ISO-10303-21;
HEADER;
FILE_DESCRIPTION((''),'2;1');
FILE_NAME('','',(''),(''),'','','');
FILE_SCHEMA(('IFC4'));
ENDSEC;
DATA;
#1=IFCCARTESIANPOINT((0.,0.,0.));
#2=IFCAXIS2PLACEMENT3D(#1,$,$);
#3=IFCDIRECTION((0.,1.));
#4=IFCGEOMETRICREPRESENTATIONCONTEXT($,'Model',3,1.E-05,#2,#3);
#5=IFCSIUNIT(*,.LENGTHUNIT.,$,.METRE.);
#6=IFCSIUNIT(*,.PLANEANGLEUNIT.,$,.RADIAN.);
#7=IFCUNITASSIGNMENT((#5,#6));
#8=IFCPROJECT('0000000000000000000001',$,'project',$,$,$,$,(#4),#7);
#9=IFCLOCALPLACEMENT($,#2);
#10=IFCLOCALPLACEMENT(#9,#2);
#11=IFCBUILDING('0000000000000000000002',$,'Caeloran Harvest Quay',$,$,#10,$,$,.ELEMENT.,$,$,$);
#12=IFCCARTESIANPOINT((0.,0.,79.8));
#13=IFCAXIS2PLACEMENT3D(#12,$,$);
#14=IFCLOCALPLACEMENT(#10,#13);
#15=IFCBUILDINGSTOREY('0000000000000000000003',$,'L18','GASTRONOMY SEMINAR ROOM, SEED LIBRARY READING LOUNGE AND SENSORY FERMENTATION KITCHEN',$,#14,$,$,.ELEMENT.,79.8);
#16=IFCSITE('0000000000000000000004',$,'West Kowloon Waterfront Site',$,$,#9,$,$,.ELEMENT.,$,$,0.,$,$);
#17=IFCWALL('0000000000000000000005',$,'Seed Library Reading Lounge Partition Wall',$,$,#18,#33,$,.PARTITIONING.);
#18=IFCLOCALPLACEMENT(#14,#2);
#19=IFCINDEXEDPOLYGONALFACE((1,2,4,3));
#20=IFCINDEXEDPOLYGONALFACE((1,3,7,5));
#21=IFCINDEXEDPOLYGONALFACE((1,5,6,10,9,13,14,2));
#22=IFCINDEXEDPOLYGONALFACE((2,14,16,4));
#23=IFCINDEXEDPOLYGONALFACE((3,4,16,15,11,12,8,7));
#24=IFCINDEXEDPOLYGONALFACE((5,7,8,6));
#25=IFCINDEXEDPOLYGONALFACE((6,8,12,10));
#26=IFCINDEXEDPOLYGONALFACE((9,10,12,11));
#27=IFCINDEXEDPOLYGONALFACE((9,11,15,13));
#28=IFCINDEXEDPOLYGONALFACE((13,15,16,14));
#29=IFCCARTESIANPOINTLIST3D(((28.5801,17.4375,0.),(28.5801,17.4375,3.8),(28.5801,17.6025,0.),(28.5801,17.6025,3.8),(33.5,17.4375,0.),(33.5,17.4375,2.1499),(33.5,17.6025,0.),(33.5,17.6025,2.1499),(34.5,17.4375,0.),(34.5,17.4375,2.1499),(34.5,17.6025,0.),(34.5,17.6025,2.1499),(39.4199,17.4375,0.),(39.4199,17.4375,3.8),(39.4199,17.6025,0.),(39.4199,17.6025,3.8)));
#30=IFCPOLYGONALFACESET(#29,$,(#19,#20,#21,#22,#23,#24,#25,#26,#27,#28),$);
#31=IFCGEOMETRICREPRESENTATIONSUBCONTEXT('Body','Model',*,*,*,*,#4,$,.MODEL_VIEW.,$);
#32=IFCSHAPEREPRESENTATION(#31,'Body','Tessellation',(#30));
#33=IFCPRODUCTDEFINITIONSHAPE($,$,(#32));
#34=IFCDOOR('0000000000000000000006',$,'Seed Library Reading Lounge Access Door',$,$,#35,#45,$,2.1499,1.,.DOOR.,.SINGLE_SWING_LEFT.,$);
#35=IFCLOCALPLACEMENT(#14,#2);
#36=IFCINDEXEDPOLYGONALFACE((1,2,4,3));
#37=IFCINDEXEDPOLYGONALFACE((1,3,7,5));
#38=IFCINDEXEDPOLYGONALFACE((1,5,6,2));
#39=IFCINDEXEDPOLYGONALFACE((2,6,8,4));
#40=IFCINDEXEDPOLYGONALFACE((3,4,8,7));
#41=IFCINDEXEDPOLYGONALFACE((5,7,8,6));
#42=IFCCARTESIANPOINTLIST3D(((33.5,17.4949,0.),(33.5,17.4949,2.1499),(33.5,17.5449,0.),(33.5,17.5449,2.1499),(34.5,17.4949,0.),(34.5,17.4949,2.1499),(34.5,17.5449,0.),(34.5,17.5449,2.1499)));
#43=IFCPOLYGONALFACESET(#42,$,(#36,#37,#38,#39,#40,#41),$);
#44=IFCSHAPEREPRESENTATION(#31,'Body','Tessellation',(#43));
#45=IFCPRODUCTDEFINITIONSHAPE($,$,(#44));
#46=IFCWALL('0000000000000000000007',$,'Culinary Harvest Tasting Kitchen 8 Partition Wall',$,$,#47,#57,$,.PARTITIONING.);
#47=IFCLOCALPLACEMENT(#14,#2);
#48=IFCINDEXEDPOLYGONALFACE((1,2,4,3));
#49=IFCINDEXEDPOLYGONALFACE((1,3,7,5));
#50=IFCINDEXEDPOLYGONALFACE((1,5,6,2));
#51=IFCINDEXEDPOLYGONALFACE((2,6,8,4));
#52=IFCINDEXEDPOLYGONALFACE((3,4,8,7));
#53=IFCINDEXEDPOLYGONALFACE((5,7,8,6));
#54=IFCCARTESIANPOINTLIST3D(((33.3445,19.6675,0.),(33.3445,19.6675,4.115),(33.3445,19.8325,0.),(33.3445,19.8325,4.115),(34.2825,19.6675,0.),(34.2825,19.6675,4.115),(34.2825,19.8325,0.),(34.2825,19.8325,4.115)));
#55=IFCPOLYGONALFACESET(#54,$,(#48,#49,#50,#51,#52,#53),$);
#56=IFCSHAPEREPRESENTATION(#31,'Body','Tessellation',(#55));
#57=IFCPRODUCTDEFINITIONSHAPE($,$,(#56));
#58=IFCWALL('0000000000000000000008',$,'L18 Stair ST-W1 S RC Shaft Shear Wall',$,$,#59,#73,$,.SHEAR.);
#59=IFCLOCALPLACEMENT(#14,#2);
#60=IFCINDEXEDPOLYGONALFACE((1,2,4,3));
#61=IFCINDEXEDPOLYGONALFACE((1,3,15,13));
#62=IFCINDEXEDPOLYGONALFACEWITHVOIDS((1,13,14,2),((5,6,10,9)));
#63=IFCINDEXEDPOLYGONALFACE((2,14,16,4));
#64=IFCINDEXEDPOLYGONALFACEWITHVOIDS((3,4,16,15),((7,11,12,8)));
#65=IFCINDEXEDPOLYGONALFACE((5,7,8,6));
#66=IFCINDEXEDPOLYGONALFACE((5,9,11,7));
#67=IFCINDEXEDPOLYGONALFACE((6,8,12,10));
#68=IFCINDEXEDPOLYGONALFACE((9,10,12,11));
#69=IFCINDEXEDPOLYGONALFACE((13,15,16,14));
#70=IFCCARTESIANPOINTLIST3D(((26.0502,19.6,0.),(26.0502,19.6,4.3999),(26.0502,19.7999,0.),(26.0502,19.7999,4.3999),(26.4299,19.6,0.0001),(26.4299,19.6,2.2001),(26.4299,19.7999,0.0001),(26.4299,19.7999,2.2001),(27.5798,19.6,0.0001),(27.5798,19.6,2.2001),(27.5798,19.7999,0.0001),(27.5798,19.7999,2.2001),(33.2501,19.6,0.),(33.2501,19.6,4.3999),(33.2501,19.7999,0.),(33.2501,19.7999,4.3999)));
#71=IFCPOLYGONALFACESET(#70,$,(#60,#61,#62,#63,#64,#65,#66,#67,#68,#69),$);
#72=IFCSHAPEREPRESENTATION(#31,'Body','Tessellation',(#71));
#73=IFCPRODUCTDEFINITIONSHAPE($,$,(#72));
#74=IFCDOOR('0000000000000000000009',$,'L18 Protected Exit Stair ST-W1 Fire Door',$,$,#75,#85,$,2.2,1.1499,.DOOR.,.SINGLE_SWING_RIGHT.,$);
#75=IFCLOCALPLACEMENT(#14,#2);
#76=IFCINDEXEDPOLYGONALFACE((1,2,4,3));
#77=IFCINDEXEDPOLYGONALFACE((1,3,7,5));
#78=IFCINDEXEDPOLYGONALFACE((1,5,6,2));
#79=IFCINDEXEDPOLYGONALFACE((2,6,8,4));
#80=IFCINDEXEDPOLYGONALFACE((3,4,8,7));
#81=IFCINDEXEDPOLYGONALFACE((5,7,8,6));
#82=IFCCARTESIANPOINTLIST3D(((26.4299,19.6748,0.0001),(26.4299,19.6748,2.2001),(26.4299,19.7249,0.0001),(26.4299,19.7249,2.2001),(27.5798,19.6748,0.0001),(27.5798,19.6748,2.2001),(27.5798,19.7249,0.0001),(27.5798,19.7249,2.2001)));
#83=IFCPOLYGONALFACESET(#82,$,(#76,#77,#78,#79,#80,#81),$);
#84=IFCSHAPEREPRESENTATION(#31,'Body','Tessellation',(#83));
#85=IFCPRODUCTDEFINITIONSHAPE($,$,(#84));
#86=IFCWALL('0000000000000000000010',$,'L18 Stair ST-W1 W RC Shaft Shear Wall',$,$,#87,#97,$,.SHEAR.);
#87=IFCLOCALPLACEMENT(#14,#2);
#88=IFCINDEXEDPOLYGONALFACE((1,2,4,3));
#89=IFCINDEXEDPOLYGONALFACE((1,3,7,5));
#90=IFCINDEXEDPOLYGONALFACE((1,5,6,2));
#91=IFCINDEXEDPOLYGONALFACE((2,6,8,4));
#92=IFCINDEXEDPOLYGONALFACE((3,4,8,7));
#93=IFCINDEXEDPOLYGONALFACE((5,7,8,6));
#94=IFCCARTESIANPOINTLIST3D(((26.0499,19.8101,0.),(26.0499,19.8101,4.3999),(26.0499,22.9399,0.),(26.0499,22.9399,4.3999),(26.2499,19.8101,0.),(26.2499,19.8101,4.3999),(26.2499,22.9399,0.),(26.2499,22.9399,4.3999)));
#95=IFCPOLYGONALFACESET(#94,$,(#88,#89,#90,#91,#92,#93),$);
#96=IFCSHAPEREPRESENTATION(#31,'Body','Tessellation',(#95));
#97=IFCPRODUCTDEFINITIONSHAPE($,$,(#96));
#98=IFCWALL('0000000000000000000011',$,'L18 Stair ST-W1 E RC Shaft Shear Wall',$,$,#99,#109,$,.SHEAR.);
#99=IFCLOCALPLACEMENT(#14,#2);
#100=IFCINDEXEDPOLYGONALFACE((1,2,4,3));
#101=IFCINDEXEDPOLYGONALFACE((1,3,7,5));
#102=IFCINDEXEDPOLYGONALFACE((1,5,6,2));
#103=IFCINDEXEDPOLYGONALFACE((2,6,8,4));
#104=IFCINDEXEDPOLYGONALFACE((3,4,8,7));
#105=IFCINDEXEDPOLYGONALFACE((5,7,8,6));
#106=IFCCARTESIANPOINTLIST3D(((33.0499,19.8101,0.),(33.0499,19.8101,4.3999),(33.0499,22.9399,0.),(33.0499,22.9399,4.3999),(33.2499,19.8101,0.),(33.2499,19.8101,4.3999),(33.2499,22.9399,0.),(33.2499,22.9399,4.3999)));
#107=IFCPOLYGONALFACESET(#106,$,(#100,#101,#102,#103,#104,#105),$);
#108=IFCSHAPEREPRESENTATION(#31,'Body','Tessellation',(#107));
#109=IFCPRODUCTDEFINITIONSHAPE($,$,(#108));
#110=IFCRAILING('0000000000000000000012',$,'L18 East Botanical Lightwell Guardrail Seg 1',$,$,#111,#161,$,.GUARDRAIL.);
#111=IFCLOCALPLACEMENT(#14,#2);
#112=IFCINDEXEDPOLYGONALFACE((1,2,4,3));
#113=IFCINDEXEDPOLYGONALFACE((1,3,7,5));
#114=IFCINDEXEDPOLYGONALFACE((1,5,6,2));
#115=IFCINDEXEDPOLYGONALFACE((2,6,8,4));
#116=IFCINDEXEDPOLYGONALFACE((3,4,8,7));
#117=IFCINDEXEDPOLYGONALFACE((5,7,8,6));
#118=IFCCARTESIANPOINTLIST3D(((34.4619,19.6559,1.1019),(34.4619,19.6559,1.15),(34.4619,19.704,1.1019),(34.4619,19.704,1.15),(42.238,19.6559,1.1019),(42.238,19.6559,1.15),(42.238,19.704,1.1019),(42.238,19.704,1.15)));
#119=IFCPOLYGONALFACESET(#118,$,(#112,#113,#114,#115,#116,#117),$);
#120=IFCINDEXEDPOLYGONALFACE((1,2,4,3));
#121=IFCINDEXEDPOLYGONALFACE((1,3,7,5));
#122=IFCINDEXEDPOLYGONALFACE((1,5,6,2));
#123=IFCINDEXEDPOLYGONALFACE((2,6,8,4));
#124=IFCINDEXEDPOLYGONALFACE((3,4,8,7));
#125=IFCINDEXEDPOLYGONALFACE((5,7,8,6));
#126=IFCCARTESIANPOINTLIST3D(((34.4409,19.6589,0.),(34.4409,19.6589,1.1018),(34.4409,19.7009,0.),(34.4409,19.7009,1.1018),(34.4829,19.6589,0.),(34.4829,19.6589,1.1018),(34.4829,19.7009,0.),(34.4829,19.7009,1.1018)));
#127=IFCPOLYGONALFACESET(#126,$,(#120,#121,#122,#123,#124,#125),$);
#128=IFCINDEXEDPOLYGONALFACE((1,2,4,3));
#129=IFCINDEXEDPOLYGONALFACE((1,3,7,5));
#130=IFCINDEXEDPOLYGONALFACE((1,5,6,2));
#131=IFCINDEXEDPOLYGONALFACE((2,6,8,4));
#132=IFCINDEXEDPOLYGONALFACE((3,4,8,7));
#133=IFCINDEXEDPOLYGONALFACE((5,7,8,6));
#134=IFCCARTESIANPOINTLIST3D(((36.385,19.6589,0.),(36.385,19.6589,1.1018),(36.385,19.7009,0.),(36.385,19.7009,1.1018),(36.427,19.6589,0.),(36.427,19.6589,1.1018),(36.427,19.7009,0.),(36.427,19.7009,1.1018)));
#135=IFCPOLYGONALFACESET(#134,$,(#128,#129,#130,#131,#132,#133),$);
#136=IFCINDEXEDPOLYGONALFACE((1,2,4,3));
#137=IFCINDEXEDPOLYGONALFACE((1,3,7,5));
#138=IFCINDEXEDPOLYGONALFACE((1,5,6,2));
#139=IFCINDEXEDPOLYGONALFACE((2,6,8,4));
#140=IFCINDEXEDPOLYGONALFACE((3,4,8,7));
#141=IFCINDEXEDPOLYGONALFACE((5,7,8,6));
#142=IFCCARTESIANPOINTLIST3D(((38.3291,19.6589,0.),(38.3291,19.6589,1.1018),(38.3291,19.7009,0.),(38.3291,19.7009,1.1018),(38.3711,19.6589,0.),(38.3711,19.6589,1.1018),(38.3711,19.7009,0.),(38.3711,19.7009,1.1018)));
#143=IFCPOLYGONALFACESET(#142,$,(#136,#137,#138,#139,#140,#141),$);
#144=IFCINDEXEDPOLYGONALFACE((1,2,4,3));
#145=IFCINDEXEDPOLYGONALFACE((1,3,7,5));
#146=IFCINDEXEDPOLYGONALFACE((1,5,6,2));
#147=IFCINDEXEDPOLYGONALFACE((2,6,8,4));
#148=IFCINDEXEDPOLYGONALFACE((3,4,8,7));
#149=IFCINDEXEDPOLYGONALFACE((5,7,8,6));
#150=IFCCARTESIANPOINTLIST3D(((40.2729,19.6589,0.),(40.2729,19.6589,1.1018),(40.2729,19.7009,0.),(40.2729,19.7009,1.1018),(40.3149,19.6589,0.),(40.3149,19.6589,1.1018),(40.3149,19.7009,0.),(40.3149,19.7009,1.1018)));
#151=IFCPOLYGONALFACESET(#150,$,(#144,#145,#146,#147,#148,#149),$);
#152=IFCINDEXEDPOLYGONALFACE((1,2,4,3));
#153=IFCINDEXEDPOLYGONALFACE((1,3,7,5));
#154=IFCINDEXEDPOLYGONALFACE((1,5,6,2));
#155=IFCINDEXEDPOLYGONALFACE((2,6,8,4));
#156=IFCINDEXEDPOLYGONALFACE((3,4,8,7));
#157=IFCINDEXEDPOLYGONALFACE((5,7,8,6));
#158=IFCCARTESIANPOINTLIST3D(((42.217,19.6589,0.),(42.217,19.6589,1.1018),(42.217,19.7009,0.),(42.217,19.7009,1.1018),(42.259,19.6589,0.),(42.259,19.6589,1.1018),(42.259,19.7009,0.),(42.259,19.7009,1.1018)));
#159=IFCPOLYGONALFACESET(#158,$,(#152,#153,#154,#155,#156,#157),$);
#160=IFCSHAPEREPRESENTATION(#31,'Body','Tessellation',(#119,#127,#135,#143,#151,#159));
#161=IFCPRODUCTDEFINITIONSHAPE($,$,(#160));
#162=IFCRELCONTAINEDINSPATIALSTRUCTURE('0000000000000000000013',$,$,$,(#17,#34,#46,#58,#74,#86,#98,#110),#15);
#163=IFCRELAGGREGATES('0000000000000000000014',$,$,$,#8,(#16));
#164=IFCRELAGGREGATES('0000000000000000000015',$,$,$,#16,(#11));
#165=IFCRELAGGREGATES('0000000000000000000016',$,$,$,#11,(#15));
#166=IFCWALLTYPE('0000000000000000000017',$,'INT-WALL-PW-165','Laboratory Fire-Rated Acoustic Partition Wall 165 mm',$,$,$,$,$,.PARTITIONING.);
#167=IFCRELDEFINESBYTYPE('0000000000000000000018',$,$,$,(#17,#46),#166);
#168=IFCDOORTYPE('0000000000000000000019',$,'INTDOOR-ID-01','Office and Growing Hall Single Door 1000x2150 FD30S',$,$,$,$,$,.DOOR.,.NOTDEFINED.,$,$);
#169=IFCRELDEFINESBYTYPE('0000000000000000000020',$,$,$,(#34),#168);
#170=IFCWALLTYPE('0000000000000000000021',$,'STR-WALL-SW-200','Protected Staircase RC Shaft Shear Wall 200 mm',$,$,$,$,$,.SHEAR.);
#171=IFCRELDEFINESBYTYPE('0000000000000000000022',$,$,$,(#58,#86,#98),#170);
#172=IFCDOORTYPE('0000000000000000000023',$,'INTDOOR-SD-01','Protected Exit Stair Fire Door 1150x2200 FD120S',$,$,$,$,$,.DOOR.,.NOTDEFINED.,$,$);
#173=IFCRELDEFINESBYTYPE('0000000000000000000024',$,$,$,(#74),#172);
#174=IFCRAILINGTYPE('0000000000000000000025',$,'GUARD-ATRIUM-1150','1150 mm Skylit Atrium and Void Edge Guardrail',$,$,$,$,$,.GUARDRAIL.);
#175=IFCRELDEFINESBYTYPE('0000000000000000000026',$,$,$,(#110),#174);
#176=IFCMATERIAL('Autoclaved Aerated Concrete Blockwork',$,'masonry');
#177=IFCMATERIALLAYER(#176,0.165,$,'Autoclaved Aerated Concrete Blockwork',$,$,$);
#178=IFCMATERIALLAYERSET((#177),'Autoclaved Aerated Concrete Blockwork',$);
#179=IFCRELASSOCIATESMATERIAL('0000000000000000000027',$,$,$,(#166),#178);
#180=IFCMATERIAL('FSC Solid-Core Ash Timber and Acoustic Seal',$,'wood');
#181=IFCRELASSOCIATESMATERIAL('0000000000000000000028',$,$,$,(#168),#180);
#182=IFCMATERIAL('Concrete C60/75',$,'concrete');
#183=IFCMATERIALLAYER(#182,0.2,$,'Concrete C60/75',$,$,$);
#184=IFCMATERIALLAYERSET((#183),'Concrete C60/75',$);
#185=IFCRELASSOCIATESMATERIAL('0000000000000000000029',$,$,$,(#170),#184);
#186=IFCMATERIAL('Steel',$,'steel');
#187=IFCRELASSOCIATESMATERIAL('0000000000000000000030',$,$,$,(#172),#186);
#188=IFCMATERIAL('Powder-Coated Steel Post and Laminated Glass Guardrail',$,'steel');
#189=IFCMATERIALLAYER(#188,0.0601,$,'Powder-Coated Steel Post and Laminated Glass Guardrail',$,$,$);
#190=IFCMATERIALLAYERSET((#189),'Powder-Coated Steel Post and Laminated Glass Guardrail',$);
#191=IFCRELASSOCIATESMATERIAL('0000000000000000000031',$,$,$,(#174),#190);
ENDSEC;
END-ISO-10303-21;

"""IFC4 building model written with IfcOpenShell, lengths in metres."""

from ifc_helpers import new_model, si_unit, direction, frame, frame_2d, origin, origin_2d, place, context, subcontext, project, spatial, rectangle, extrude, material, layer, layer_set, type_object, element, fill, save


model = new_model("IFC4")

# Units and contexts
model_context = context("Model", 3, precision=1e-05, world=origin(), true_north=direction((0.0, 1.0)))
body_context = subcontext(model_context, "Body", "Model", "MODEL_VIEW")
ifc_project = project(units=[si_unit("LENGTHUNIT", "METRE"), si_unit("PLANEANGLEUNIT", "RADIAN")], contexts=[model_context])

# Site, building, storey
site_placement = place(None, origin())
site = spatial("IfcSite", under=ifc_project, at=site_placement, Name="West Kowloon Waterfront Site", CompositionType="ELEMENT", RefElevation=0.0)
building_placement = place(site_placement, origin())
building = spatial("IfcBuilding", under=site, at=building_placement, Name="Caeloran Harvest Quay", CompositionType="ELEMENT")
storey_placement = place(building_placement, frame((0.0, 0.0, 79.8)))
storey = spatial("IfcBuildingStorey", under=building, at=storey_placement, Name="L18", Description="GASTRONOMY SEMINAR ROOM, SEED LIBRARY READING LOUNGE AND SENSORY FERMENTATION KITCHEN", CompositionType="ELEMENT", Elevation=79.8)

# Shared definitions
ifc_material_1 = material(Name="Autoclaved Aerated Concrete Blockwork", Category="masonry")
ifc_layer_1 = layer(ifc_material_1, 0.165, Name="Autoclaved Aerated Concrete Blockwork")
ifc_layer_set_1 = layer_set([ifc_layer_1], Name="Autoclaved Aerated Concrete Blockwork")
wall_type_1 = type_object("IfcWallType", Name="INT-WALL-PW-165", Description="Laboratory Fire-Rated Acoustic Partition Wall 165 mm", PredefinedType="PARTITIONING", material=ifc_layer_set_1)

# Wall, opening, door
ifc_material_2 = material(Name="FSC Solid-Core Ash Timber and Acoustic Seal", Category="wood")
door_type_1 = type_object("IfcDoorType", Name="INTDOOR-ID-01", Description="Office and Growing Hall Single Door 1000x2150 FD30S", OperationType="NOTDEFINED", PredefinedType="DOOR", material=ifc_material_2)
wall_1_placement = place(storey_placement, frame((28.5801, 17.52, 0.0), z_axis=(0.0, 0.0, 1.0), x_axis=(1.0, 0.0, 0.0)))
wall_1 = element("IfcWall", 1, at=wall_1_placement, inside=storey, type_object=wall_type_1, Name="Seed Library Reading Lounge Partition Wall", PredefinedType="PARTITIONING", context=body_context, shape_type="SweptSolid", body=[
    extrude(rectangle(XDim=10.8398, YDim=0.165, at=frame_2d((5.4199, 0.0))), origin(), (0.0, 0.0, 1.0), 3.8),
])
opening_1_placement = place(wall_1_placement, frame((4.9199, 0.0, 0.0)))
opening_1 = element("IfcOpeningElement", 2, at=opening_1_placement, cuts=wall_1, PredefinedType="OPENING", context=body_context, shape_type="SweptSolid", body=[
    extrude(rectangle(XDim=1.0, YDim=2.1499, at=frame_2d((0.5, 1.075))), frame((0.0, 0.0925, 0.0), z_axis=(0.0, -1.0, 0.0), x_axis=(1.0, 0.0, 0.0)), (0.0, 0.0, 1.0), 0.1851),
])
door_1_placement = place(opening_1_placement, origin())
door_1 = element("IfcDoor", 3, at=door_1_placement, inside=storey, type_object=door_type_1, Name="Seed Library Reading Lounge Access Door", OperationType="SINGLE_SWING_LEFT", OverallHeight=2.1499, OverallWidth=1.0, PredefinedType="DOOR", context=body_context, shape_type="SweptSolid", body=[
    extrude(rectangle(XDim=1.0, YDim=2.1499, at=frame_2d((0.5, 1.075))), frame((0.0, 0.0249, 0.0), z_axis=(0.0, -1.0, 0.0), x_axis=(1.0, 0.0, 0.0)), (0.0, 0.0, 1.0), 0.05),
])
fill(opening_1, door_1)

# Wall
wall_2_placement = place(storey_placement, frame((34.2825, 19.75, 0.0), z_axis=(0.0, 0.0, 1.0), x_axis=(-1.0, 0.0, 0.0)))
element("IfcWall", 4, at=wall_2_placement, inside=storey, type_object=wall_type_1, Name="Culinary Harvest Tasting Kitchen 8 Partition Wall", PredefinedType="PARTITIONING", context=body_context, shape_type="SweptSolid", body=[
    extrude(rectangle(XDim=0.938, YDim=0.165, at=frame_2d((0.469, 0.0))), origin(), (0.0, 0.0, 1.0), 4.115),
])

# Wall, opening, door
ifc_material_3 = material(Name="Concrete C60/75", Category="concrete")
ifc_layer_2 = layer(ifc_material_3, 0.2, Name="Concrete C60/75")
ifc_layer_set_2 = layer_set([ifc_layer_2], Name="Concrete C60/75")
wall_type_2 = type_object("IfcWallType", Name="STR-WALL-SW-200", Description="Protected Staircase RC Shaft Shear Wall 200 mm", PredefinedType="SHEAR", material=ifc_layer_set_2)
wall_3_placement = place(storey_placement, frame((26.05, 19.7, 0.0), z_axis=(0.0, 0.0, 1.0), x_axis=(1.0, 0.0, 0.0)))
wall_3 = element("IfcWall", 5, at=wall_3_placement, inside=storey, type_object=wall_type_2, Name="L18 Stair ST-W1 S RC Shaft Shear Wall", PredefinedType="SHEAR", context=body_context, shape_type="SweptSolid", body=[
    extrude(rectangle(XDim=7.2, YDim=0.2, at=frame_2d((3.6001, 0.0))), origin(), (0.0, 0.0, 1.0), 4.3999),
])
opening_2_placement = place(wall_3_placement, frame((0.3799, 0.0, 0.0)))
opening_2 = element("IfcOpeningElement", 6, at=opening_2_placement, cuts=wall_3, PredefinedType="OPENING", context=body_context, shape_type="SweptSolid", body=[
    extrude(rectangle(XDim=1.1499, YDim=2.2, at=frame_2d((0.575, 1.1001))), frame((0.0, 0.1099, 0.0), z_axis=(0.0, -1.0, 0.0), x_axis=(1.0, 0.0, 0.0)), (0.0, 0.0, 1.0), 0.22),
])
ifc_material_4 = material(Name="Steel", Category="steel")
door_type_2 = type_object("IfcDoorType", Name="INTDOOR-SD-01", Description="Protected Exit Stair Fire Door 1150x2200 FD120S", OperationType="NOTDEFINED", PredefinedType="DOOR", material=ifc_material_4)
door_2_placement = place(opening_2_placement, origin())
door_2 = element("IfcDoor", 7, at=door_2_placement, inside=storey, type_object=door_type_2, Name="L18 Protected Exit Stair ST-W1 Fire Door", OperationType="SINGLE_SWING_RIGHT", OverallHeight=2.2, OverallWidth=1.1499, PredefinedType="DOOR", context=body_context, shape_type="SweptSolid", body=[
    extrude(rectangle(XDim=1.1499, YDim=2.2, at=frame_2d((0.575, 1.1001))), frame((0.0, 0.0249, 0.0), z_axis=(0.0, -1.0, 0.0), x_axis=(1.0, 0.0, 0.0)), (0.0, 0.0, 1.0), 0.05),
])
fill(opening_2, door_2)

# Walls
for number, where, z_axis, x_axis, name in (
    (8, (26.1499, 19.8101, 0.0), (0.0, 0.0, 1.0), (0.0, 1.0, 0.0), "L18 Stair ST-W1 W RC Shaft Shear Wall"),
    (9, (33.1499, 19.8101, 0.0), (0.0, 0.0, 1.0), (0.0, 1.0, 0.0), "L18 Stair ST-W1 E RC Shaft Shear Wall"),
):
    element("IfcWall", number, at=place(storey_placement, frame(where, z_axis=z_axis, x_axis=x_axis)), inside=storey, type_object=wall_type_2, Name=name, PredefinedType="SHEAR", context=body_context, shape_type="SweptSolid", body=[
        extrude(rectangle(XDim=3.1299, YDim=0.2, at=frame_2d((1.5649, 0.0))), origin(), (0.0, 0.0, 1.0), 4.3999),
    ])

# Railing
ifc_material_5 = material(Name="Powder-Coated Steel Post and Laminated Glass Guardrail", Category="steel")
ifc_layer_3 = layer(ifc_material_5, 0.0601, Name="Powder-Coated Steel Post and Laminated Glass Guardrail")
ifc_layer_set_3 = layer_set([ifc_layer_3], Name="Powder-Coated Steel Post and Laminated Glass Guardrail")
railing_type_1 = type_object("IfcRailingType", Name="GUARD-ATRIUM-1150", Description="1150 mm Skylit Atrium and Void Edge Guardrail", PredefinedType="GUARDRAIL", material=ifc_layer_set_3)
railing_1_placement = place(storey_placement, frame((34.4619, 19.6799, 0.0)))
element("IfcRailing", 10, at=railing_1_placement, inside=storey, type_object=railing_type_1, Name="L18 East Botanical Lightwell Guardrail Seg 1", PredefinedType="GUARDRAIL", context=body_context, shape_type="SweptSolid", body=[
    extrude(rectangle(XDim=0.0481, YDim=0.0481, at=origin_2d()), frame((0.0, 0.0, 1.126), z_axis=(1.0, 0.0, 0.0), x_axis=(0.0, 1.0, 0.0)), (0.0, 0.0, 1.0), 7.7761),
    extrude(rectangle(XDim=0.042, YDim=0.042, at=origin_2d()), origin(), (0.0, 0.0, 1.0), 1.1018),
    extrude(rectangle(XDim=0.042, YDim=0.042, at=origin_2d()), frame((1.9441, 0.0, 0.0)), (0.0, 0.0, 1.0), 1.1018),
    extrude(rectangle(XDim=0.042, YDim=0.042, at=origin_2d()), frame((3.8882, 0.0, 0.0)), (0.0, 0.0, 1.0), 1.1018),
    extrude(rectangle(XDim=0.042, YDim=0.042, at=origin_2d()), frame((5.832, 0.0, 0.0)), (0.0, 0.0, 1.0), 1.1018),
    extrude(rectangle(XDim=0.042, YDim=0.042, at=origin_2d()), frame((7.7761, 0.0, 0.0)), (0.0, 0.0, 1.0), 1.1018),
])

save(model, "model.ifc")
